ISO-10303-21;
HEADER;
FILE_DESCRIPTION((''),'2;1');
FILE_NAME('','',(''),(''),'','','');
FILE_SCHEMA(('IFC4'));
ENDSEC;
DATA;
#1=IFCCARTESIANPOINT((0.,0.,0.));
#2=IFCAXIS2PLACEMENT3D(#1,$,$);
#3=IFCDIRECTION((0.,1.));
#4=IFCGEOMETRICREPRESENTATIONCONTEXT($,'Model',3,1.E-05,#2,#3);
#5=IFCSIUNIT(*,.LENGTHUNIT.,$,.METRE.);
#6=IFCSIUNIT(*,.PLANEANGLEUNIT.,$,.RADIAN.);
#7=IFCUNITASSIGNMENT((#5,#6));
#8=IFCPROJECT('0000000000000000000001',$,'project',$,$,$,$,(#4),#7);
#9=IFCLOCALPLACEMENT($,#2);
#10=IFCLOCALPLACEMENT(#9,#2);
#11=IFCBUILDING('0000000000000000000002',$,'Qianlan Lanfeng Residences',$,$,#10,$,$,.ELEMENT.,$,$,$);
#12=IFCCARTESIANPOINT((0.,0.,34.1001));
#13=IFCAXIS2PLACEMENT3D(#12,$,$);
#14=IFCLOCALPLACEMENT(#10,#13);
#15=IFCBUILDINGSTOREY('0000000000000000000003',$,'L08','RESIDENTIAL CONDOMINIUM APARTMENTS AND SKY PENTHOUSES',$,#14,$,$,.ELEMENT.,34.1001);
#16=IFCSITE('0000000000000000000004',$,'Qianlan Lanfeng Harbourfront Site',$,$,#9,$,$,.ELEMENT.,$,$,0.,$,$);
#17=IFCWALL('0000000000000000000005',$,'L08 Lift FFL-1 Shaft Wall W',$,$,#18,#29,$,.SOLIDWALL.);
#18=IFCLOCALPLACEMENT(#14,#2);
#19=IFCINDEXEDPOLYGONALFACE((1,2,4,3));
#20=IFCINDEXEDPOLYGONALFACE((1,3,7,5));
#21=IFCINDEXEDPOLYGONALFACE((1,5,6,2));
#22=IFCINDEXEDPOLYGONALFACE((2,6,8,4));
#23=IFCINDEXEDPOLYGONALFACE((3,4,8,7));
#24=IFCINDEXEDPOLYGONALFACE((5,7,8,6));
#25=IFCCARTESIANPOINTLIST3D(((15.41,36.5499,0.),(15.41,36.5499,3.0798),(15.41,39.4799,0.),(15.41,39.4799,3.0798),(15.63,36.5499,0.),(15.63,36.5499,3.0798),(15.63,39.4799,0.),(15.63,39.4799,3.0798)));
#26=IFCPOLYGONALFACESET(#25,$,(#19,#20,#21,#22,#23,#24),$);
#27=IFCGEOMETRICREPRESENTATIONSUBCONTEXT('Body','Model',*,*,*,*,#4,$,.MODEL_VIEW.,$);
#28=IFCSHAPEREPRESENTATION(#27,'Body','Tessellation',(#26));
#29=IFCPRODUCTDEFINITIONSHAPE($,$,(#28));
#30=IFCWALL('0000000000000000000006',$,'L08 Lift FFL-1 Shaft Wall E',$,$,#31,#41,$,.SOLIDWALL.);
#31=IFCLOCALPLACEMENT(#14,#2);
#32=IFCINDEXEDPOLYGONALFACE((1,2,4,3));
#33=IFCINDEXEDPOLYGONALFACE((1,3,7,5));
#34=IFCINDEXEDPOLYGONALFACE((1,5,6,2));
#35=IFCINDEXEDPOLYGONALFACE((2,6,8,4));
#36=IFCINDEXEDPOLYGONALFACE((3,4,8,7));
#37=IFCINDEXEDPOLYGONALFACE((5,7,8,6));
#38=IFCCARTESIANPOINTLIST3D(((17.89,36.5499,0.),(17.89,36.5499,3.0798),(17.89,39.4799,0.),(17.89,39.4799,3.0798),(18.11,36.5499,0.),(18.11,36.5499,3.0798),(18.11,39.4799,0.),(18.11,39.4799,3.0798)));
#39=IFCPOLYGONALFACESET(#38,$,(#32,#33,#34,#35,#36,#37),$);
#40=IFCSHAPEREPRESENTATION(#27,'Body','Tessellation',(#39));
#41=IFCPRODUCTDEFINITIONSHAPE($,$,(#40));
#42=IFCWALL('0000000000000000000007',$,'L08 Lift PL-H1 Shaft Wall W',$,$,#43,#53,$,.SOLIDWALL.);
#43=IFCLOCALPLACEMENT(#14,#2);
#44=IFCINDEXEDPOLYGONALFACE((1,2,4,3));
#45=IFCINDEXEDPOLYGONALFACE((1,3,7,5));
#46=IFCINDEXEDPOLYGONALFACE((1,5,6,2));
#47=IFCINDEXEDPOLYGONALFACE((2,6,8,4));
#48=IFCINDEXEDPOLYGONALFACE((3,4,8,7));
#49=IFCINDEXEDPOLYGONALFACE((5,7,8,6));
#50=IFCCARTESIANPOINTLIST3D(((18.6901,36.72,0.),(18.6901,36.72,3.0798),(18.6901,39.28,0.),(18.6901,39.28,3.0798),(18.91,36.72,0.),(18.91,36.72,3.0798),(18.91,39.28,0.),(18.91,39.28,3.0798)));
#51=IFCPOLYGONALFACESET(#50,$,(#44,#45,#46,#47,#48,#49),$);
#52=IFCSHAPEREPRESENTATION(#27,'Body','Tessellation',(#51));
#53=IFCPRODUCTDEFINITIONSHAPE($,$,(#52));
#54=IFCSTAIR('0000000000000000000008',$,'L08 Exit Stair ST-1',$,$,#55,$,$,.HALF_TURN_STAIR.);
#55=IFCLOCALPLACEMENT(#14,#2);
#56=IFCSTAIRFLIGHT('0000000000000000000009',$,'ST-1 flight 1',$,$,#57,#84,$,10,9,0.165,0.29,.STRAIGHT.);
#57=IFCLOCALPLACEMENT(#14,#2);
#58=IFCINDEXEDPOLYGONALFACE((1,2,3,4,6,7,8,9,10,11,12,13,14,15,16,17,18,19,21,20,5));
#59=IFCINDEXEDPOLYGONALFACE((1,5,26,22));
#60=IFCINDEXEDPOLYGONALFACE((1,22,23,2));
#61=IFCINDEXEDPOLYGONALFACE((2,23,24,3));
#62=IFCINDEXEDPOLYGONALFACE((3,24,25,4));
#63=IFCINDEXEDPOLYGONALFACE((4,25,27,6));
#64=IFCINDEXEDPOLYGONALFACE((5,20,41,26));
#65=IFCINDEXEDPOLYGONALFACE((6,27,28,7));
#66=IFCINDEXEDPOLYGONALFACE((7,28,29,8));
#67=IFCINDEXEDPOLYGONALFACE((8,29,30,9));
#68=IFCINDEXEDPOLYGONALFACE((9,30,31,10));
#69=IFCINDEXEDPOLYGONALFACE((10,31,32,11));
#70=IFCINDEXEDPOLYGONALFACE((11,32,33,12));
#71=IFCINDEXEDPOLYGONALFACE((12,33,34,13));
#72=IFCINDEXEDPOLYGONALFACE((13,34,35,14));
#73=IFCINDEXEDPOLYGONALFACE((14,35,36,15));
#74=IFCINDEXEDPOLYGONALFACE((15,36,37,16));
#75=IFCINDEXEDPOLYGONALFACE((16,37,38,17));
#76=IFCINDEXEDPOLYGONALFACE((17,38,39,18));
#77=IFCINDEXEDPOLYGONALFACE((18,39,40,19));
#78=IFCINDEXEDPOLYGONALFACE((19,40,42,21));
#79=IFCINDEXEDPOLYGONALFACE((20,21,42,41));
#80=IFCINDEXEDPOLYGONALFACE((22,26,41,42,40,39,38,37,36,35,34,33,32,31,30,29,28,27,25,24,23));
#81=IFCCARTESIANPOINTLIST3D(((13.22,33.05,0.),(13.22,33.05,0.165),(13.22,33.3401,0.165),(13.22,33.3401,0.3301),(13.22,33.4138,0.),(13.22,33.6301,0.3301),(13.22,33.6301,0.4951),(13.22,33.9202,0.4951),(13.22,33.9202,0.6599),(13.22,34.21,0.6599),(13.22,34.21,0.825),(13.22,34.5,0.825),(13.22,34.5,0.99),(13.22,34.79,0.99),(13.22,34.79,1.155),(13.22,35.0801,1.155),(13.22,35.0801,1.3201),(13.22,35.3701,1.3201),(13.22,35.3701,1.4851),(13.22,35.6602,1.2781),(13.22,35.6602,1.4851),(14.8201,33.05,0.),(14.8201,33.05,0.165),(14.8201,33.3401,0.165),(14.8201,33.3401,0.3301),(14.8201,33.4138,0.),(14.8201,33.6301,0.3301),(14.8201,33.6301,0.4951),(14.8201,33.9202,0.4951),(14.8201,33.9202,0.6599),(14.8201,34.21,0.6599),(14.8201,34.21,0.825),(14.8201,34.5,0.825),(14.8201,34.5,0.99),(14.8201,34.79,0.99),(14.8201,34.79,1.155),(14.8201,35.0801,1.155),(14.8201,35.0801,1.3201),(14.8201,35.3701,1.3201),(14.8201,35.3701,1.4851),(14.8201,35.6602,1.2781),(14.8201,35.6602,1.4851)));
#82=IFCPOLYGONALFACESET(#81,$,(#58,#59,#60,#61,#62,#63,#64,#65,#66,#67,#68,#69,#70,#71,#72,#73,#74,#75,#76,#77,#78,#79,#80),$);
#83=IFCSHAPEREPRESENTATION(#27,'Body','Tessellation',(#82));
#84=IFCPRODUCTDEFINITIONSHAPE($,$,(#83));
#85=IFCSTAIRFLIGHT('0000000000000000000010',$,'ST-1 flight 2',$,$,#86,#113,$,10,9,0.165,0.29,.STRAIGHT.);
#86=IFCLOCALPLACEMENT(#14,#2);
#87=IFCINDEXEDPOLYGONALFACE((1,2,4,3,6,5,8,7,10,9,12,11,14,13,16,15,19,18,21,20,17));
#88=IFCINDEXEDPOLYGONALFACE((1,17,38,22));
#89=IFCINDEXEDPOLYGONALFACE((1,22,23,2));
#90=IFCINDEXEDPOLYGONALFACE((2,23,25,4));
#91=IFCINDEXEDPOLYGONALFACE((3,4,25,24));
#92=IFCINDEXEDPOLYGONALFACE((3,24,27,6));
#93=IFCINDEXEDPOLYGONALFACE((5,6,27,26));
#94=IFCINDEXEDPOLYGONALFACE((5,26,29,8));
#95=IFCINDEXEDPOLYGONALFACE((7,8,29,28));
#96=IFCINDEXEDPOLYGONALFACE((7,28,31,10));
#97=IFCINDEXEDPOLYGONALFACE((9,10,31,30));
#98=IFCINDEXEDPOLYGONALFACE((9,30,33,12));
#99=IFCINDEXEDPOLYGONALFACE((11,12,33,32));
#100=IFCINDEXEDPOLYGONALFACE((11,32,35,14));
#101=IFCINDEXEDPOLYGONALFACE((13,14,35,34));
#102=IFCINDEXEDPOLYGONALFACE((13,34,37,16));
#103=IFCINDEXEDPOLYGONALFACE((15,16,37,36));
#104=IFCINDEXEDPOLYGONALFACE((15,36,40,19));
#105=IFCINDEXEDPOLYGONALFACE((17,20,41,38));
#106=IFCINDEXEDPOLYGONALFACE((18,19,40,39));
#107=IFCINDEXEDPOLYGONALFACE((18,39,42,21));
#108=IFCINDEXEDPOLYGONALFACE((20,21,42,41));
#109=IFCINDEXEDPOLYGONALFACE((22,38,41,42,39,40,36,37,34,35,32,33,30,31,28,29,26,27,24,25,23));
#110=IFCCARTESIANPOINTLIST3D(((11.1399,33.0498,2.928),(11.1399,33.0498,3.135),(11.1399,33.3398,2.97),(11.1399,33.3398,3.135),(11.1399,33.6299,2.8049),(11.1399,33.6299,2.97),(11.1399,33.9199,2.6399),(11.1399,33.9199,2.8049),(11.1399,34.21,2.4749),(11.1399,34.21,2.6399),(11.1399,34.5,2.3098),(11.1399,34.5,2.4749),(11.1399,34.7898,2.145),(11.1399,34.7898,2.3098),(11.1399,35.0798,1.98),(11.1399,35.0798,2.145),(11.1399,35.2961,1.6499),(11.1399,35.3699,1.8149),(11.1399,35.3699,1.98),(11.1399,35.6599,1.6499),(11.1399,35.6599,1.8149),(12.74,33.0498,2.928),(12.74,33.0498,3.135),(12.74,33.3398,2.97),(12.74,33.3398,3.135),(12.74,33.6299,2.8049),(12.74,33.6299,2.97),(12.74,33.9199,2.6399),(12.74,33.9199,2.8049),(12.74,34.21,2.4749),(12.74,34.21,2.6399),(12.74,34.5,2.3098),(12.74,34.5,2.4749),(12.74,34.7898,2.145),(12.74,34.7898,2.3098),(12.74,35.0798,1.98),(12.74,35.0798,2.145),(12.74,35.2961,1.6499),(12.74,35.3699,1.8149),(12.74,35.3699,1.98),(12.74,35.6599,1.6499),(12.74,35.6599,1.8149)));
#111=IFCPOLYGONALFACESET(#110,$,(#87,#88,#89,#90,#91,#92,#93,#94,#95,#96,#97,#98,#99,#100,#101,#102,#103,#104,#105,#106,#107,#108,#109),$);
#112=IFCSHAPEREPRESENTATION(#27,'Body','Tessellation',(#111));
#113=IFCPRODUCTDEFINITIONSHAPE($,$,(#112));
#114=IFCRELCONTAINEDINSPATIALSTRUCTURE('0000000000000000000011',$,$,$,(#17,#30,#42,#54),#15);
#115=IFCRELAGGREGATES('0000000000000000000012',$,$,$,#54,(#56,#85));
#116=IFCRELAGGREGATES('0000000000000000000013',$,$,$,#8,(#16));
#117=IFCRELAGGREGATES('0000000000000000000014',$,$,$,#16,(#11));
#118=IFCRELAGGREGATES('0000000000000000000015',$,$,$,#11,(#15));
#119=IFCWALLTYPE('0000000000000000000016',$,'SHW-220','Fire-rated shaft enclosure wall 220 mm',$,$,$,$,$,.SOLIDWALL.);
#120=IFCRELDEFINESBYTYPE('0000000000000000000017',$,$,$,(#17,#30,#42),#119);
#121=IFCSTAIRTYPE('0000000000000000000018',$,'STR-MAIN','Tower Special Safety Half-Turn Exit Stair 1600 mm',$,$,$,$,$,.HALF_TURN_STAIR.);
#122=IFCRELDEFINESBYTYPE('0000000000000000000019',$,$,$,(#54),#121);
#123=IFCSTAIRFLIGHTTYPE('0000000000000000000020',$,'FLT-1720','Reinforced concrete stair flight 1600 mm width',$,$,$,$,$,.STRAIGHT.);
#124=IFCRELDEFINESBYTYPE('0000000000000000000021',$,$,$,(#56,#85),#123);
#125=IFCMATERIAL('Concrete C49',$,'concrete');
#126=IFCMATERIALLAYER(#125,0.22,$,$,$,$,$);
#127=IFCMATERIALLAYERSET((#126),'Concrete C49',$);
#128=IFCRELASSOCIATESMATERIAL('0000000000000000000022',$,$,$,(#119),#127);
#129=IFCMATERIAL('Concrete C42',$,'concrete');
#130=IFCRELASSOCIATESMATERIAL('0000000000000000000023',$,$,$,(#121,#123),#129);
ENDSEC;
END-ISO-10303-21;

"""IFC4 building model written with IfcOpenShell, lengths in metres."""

from ifc_helpers import new_model, si_unit, direction, frame, frame_2d, origin, place, context, subcontext, project, spatial, polyline, rectangle, outline, extrude, material, layer, layer_set, type_object, element, aggregate, save


model = new_model("IFC4")

# Units and contexts
model_context = context("Model", 3, precision=1e-05, world=origin(), true_north=direction((0.0, 1.0)))
body_context = subcontext(model_context, "Body", "Model", "MODEL_VIEW")
ifc_project = project(units=[si_unit("LENGTHUNIT", "METRE"), si_unit("PLANEANGLEUNIT", "RADIAN")], contexts=[model_context])

# Site, building, storey
site_placement = place(None, origin())
site = spatial("IfcSite", under=ifc_project, at=site_placement, Name="Qianlan Lanfeng Harbourfront Site", CompositionType="ELEMENT", RefElevation=0.0)
building_placement = place(site_placement, origin())
building = spatial("IfcBuilding", under=site, at=building_placement, Name="Qianlan Lanfeng Residences", CompositionType="ELEMENT")
storey_placement = place(building_placement, frame((0.0, 0.0, 34.1001)))
storey = spatial("IfcBuildingStorey", under=building, at=storey_placement, Name="L08", Description="RESIDENTIAL CONDOMINIUM APARTMENTS AND SKY PENTHOUSES", CompositionType="ELEMENT", Elevation=34.1001)

# Walls
ifc_material_1 = material(Name="Concrete C49", Category="concrete")
ifc_layer_1 = layer(ifc_material_1, 0.22)
ifc_layer_set_1 = layer_set([ifc_layer_1], Name="Concrete C49")
wall_type_1 = type_object("IfcWallType", Name="SHW-220", Description="Fire-rated shaft enclosure wall 220 mm", PredefinedType="SOLIDWALL", material=ifc_layer_set_1)
for number, where, z_axis, x_axis, name in (
    (1, (15.52, 36.55, 0.0), (0.0, 0.0, 1.0), (0.0, 1.0, 0.0), "L08 Lift FFL-1 Shaft Wall W"),
    (2, (18.0, 36.55, 0.0), (0.0, 0.0, 1.0), (0.0, 1.0, 0.0), "L08 Lift FFL-1 Shaft Wall E"),
):
    element("IfcWall", number, at=place(storey_placement, frame(where, z_axis=z_axis, x_axis=x_axis)), inside=storey, type_object=wall_type_1, Name=name, PredefinedType="SOLIDWALL", context=body_context, shape_type="SweptSolid", body=[
        extrude(rectangle(XDim=2.9299, YDim=0.22, at=frame_2d((1.4648, 0.0))), origin(), (0.0, 0.0, 1.0), 3.0798),
    ])
wall_1_placement = place(storey_placement, frame((18.8, 36.72, 0.0), z_axis=(0.0, 0.0, 1.0), x_axis=(0.0, 1.0, 0.0)))
element("IfcWall", 3, at=wall_1_placement, inside=storey, type_object=wall_type_1, Name="L08 Lift PL-H1 Shaft Wall W", PredefinedType="SOLIDWALL", context=body_context, shape_type="SweptSolid", body=[
    extrude(rectangle(XDim=2.5601, YDim=0.22, at=frame_2d((1.28, 0.0))), origin(), (0.0, 0.0, 1.0), 3.0798),
])

# Stair, stair flights
ifc_material_2 = material(Name="Concrete C42", Category="concrete")
stair_type = type_object("IfcStairType", Name="STR-MAIN", Description="Tower Special Safety Half-Turn Exit Stair 1600 mm", PredefinedType="HALF_TURN_STAIR", material=ifc_material_2)
stair_placement = place(storey_placement, origin())
stair = element("IfcStair", 4, at=stair_placement, inside=storey, type_object=stair_type, Name="L08 Exit Stair ST-1", PredefinedType="HALF_TURN_STAIR")
stair_flight_type = type_object("IfcStairFlightType", Name="FLT-1720", Description="Reinforced concrete stair flight 1600 mm width", PredefinedType="STRAIGHT", material=ifc_material_2)
stair_flight_1_placement = place(storey_placement, frame((14.02, 33.05, 0.0), z_axis=(0.0, 0.0, 1.0), x_axis=(0.0, 1.0, 0.0)))
stair_flight_1 = element("IfcStairFlight", 5, at=stair_flight_1_placement, type_object=stair_flight_type, Name="ST-1 flight 1", NumberOfRisers=10, NumberOfTreads=9, PredefinedType="STRAIGHT", RiserHeight=0.165, TreadLength=0.29, context=body_context, shape_type="SweptSolid", body=[
    extrude(outline(polyline([(0.0, 0.0), (0.0, 0.165), (0.29, 0.165), (0.29, 0.3301), (0.5801, 0.3301), (0.5801, 0.4951), (0.8701, 0.4951), (0.8701, 0.6599), (1.1599, 0.6599), (1.1599, 0.825), (1.45, 0.825), (1.45, 0.99), (1.74, 0.99), (1.74, 1.155), (2.03, 1.155), (2.03, 1.3201), (2.3201, 1.3201), (2.3201, 1.4851), (2.6101, 1.4851), (2.6101, 1.6499), (2.6101, 1.2781), (0.3638, 0.0), (0.0, 0.0)])), frame((0.0, 0.8, 0.0), z_axis=(0.0, -1.0, 0.0), x_axis=(1.0, 0.0, 0.0)), (0.0, 0.0, 1.0), 1.6001),
])
stair_flight_2_placement = place(storey_placement, frame((11.9399, 35.6599, 1.6499), z_axis=(0.0, 0.0, 1.0), x_axis=(0.0, -1.0, 0.0)))
stair_flight_2 = element("IfcStairFlight", 6, at=stair_flight_2_placement, type_object=stair_flight_type, Name="ST-1 flight 2", NumberOfRisers=10, NumberOfTreads=9, PredefinedType="STRAIGHT", RiserHeight=0.165, TreadLength=0.29, context=body_context, shape_type="SweptSolid", body=[
    extrude(outline(polyline([(0.0, 0.0), (0.0, 0.165), (0.29, 0.165), (0.29, 0.3301), (0.5801, 0.3301), (0.5801, 0.4951), (0.8701, 0.4951), (0.8701, 0.6599), (1.1599, 0.6599), (1.1599, 0.825), (1.45, 0.825), (1.45, 0.99), (1.74, 0.99), (1.74, 1.155), (2.03, 1.155), (2.03, 1.3201), (2.3201, 1.3201), (2.3201, 1.4851), (2.6101, 1.4851), (2.6101, 1.6499), (2.6101, 1.2781), (0.3638, 0.0), (0.0, 0.0)])), frame((0.0, 0.8, 0.0), z_axis=(0.0, -1.0, 0.0), x_axis=(1.0, 0.0, 0.0)), (0.0, 0.0, 1.0), 1.6001),
])
aggregate(stair, [stair_flight_1, stair_flight_2])

save(model, "model.ifc")
